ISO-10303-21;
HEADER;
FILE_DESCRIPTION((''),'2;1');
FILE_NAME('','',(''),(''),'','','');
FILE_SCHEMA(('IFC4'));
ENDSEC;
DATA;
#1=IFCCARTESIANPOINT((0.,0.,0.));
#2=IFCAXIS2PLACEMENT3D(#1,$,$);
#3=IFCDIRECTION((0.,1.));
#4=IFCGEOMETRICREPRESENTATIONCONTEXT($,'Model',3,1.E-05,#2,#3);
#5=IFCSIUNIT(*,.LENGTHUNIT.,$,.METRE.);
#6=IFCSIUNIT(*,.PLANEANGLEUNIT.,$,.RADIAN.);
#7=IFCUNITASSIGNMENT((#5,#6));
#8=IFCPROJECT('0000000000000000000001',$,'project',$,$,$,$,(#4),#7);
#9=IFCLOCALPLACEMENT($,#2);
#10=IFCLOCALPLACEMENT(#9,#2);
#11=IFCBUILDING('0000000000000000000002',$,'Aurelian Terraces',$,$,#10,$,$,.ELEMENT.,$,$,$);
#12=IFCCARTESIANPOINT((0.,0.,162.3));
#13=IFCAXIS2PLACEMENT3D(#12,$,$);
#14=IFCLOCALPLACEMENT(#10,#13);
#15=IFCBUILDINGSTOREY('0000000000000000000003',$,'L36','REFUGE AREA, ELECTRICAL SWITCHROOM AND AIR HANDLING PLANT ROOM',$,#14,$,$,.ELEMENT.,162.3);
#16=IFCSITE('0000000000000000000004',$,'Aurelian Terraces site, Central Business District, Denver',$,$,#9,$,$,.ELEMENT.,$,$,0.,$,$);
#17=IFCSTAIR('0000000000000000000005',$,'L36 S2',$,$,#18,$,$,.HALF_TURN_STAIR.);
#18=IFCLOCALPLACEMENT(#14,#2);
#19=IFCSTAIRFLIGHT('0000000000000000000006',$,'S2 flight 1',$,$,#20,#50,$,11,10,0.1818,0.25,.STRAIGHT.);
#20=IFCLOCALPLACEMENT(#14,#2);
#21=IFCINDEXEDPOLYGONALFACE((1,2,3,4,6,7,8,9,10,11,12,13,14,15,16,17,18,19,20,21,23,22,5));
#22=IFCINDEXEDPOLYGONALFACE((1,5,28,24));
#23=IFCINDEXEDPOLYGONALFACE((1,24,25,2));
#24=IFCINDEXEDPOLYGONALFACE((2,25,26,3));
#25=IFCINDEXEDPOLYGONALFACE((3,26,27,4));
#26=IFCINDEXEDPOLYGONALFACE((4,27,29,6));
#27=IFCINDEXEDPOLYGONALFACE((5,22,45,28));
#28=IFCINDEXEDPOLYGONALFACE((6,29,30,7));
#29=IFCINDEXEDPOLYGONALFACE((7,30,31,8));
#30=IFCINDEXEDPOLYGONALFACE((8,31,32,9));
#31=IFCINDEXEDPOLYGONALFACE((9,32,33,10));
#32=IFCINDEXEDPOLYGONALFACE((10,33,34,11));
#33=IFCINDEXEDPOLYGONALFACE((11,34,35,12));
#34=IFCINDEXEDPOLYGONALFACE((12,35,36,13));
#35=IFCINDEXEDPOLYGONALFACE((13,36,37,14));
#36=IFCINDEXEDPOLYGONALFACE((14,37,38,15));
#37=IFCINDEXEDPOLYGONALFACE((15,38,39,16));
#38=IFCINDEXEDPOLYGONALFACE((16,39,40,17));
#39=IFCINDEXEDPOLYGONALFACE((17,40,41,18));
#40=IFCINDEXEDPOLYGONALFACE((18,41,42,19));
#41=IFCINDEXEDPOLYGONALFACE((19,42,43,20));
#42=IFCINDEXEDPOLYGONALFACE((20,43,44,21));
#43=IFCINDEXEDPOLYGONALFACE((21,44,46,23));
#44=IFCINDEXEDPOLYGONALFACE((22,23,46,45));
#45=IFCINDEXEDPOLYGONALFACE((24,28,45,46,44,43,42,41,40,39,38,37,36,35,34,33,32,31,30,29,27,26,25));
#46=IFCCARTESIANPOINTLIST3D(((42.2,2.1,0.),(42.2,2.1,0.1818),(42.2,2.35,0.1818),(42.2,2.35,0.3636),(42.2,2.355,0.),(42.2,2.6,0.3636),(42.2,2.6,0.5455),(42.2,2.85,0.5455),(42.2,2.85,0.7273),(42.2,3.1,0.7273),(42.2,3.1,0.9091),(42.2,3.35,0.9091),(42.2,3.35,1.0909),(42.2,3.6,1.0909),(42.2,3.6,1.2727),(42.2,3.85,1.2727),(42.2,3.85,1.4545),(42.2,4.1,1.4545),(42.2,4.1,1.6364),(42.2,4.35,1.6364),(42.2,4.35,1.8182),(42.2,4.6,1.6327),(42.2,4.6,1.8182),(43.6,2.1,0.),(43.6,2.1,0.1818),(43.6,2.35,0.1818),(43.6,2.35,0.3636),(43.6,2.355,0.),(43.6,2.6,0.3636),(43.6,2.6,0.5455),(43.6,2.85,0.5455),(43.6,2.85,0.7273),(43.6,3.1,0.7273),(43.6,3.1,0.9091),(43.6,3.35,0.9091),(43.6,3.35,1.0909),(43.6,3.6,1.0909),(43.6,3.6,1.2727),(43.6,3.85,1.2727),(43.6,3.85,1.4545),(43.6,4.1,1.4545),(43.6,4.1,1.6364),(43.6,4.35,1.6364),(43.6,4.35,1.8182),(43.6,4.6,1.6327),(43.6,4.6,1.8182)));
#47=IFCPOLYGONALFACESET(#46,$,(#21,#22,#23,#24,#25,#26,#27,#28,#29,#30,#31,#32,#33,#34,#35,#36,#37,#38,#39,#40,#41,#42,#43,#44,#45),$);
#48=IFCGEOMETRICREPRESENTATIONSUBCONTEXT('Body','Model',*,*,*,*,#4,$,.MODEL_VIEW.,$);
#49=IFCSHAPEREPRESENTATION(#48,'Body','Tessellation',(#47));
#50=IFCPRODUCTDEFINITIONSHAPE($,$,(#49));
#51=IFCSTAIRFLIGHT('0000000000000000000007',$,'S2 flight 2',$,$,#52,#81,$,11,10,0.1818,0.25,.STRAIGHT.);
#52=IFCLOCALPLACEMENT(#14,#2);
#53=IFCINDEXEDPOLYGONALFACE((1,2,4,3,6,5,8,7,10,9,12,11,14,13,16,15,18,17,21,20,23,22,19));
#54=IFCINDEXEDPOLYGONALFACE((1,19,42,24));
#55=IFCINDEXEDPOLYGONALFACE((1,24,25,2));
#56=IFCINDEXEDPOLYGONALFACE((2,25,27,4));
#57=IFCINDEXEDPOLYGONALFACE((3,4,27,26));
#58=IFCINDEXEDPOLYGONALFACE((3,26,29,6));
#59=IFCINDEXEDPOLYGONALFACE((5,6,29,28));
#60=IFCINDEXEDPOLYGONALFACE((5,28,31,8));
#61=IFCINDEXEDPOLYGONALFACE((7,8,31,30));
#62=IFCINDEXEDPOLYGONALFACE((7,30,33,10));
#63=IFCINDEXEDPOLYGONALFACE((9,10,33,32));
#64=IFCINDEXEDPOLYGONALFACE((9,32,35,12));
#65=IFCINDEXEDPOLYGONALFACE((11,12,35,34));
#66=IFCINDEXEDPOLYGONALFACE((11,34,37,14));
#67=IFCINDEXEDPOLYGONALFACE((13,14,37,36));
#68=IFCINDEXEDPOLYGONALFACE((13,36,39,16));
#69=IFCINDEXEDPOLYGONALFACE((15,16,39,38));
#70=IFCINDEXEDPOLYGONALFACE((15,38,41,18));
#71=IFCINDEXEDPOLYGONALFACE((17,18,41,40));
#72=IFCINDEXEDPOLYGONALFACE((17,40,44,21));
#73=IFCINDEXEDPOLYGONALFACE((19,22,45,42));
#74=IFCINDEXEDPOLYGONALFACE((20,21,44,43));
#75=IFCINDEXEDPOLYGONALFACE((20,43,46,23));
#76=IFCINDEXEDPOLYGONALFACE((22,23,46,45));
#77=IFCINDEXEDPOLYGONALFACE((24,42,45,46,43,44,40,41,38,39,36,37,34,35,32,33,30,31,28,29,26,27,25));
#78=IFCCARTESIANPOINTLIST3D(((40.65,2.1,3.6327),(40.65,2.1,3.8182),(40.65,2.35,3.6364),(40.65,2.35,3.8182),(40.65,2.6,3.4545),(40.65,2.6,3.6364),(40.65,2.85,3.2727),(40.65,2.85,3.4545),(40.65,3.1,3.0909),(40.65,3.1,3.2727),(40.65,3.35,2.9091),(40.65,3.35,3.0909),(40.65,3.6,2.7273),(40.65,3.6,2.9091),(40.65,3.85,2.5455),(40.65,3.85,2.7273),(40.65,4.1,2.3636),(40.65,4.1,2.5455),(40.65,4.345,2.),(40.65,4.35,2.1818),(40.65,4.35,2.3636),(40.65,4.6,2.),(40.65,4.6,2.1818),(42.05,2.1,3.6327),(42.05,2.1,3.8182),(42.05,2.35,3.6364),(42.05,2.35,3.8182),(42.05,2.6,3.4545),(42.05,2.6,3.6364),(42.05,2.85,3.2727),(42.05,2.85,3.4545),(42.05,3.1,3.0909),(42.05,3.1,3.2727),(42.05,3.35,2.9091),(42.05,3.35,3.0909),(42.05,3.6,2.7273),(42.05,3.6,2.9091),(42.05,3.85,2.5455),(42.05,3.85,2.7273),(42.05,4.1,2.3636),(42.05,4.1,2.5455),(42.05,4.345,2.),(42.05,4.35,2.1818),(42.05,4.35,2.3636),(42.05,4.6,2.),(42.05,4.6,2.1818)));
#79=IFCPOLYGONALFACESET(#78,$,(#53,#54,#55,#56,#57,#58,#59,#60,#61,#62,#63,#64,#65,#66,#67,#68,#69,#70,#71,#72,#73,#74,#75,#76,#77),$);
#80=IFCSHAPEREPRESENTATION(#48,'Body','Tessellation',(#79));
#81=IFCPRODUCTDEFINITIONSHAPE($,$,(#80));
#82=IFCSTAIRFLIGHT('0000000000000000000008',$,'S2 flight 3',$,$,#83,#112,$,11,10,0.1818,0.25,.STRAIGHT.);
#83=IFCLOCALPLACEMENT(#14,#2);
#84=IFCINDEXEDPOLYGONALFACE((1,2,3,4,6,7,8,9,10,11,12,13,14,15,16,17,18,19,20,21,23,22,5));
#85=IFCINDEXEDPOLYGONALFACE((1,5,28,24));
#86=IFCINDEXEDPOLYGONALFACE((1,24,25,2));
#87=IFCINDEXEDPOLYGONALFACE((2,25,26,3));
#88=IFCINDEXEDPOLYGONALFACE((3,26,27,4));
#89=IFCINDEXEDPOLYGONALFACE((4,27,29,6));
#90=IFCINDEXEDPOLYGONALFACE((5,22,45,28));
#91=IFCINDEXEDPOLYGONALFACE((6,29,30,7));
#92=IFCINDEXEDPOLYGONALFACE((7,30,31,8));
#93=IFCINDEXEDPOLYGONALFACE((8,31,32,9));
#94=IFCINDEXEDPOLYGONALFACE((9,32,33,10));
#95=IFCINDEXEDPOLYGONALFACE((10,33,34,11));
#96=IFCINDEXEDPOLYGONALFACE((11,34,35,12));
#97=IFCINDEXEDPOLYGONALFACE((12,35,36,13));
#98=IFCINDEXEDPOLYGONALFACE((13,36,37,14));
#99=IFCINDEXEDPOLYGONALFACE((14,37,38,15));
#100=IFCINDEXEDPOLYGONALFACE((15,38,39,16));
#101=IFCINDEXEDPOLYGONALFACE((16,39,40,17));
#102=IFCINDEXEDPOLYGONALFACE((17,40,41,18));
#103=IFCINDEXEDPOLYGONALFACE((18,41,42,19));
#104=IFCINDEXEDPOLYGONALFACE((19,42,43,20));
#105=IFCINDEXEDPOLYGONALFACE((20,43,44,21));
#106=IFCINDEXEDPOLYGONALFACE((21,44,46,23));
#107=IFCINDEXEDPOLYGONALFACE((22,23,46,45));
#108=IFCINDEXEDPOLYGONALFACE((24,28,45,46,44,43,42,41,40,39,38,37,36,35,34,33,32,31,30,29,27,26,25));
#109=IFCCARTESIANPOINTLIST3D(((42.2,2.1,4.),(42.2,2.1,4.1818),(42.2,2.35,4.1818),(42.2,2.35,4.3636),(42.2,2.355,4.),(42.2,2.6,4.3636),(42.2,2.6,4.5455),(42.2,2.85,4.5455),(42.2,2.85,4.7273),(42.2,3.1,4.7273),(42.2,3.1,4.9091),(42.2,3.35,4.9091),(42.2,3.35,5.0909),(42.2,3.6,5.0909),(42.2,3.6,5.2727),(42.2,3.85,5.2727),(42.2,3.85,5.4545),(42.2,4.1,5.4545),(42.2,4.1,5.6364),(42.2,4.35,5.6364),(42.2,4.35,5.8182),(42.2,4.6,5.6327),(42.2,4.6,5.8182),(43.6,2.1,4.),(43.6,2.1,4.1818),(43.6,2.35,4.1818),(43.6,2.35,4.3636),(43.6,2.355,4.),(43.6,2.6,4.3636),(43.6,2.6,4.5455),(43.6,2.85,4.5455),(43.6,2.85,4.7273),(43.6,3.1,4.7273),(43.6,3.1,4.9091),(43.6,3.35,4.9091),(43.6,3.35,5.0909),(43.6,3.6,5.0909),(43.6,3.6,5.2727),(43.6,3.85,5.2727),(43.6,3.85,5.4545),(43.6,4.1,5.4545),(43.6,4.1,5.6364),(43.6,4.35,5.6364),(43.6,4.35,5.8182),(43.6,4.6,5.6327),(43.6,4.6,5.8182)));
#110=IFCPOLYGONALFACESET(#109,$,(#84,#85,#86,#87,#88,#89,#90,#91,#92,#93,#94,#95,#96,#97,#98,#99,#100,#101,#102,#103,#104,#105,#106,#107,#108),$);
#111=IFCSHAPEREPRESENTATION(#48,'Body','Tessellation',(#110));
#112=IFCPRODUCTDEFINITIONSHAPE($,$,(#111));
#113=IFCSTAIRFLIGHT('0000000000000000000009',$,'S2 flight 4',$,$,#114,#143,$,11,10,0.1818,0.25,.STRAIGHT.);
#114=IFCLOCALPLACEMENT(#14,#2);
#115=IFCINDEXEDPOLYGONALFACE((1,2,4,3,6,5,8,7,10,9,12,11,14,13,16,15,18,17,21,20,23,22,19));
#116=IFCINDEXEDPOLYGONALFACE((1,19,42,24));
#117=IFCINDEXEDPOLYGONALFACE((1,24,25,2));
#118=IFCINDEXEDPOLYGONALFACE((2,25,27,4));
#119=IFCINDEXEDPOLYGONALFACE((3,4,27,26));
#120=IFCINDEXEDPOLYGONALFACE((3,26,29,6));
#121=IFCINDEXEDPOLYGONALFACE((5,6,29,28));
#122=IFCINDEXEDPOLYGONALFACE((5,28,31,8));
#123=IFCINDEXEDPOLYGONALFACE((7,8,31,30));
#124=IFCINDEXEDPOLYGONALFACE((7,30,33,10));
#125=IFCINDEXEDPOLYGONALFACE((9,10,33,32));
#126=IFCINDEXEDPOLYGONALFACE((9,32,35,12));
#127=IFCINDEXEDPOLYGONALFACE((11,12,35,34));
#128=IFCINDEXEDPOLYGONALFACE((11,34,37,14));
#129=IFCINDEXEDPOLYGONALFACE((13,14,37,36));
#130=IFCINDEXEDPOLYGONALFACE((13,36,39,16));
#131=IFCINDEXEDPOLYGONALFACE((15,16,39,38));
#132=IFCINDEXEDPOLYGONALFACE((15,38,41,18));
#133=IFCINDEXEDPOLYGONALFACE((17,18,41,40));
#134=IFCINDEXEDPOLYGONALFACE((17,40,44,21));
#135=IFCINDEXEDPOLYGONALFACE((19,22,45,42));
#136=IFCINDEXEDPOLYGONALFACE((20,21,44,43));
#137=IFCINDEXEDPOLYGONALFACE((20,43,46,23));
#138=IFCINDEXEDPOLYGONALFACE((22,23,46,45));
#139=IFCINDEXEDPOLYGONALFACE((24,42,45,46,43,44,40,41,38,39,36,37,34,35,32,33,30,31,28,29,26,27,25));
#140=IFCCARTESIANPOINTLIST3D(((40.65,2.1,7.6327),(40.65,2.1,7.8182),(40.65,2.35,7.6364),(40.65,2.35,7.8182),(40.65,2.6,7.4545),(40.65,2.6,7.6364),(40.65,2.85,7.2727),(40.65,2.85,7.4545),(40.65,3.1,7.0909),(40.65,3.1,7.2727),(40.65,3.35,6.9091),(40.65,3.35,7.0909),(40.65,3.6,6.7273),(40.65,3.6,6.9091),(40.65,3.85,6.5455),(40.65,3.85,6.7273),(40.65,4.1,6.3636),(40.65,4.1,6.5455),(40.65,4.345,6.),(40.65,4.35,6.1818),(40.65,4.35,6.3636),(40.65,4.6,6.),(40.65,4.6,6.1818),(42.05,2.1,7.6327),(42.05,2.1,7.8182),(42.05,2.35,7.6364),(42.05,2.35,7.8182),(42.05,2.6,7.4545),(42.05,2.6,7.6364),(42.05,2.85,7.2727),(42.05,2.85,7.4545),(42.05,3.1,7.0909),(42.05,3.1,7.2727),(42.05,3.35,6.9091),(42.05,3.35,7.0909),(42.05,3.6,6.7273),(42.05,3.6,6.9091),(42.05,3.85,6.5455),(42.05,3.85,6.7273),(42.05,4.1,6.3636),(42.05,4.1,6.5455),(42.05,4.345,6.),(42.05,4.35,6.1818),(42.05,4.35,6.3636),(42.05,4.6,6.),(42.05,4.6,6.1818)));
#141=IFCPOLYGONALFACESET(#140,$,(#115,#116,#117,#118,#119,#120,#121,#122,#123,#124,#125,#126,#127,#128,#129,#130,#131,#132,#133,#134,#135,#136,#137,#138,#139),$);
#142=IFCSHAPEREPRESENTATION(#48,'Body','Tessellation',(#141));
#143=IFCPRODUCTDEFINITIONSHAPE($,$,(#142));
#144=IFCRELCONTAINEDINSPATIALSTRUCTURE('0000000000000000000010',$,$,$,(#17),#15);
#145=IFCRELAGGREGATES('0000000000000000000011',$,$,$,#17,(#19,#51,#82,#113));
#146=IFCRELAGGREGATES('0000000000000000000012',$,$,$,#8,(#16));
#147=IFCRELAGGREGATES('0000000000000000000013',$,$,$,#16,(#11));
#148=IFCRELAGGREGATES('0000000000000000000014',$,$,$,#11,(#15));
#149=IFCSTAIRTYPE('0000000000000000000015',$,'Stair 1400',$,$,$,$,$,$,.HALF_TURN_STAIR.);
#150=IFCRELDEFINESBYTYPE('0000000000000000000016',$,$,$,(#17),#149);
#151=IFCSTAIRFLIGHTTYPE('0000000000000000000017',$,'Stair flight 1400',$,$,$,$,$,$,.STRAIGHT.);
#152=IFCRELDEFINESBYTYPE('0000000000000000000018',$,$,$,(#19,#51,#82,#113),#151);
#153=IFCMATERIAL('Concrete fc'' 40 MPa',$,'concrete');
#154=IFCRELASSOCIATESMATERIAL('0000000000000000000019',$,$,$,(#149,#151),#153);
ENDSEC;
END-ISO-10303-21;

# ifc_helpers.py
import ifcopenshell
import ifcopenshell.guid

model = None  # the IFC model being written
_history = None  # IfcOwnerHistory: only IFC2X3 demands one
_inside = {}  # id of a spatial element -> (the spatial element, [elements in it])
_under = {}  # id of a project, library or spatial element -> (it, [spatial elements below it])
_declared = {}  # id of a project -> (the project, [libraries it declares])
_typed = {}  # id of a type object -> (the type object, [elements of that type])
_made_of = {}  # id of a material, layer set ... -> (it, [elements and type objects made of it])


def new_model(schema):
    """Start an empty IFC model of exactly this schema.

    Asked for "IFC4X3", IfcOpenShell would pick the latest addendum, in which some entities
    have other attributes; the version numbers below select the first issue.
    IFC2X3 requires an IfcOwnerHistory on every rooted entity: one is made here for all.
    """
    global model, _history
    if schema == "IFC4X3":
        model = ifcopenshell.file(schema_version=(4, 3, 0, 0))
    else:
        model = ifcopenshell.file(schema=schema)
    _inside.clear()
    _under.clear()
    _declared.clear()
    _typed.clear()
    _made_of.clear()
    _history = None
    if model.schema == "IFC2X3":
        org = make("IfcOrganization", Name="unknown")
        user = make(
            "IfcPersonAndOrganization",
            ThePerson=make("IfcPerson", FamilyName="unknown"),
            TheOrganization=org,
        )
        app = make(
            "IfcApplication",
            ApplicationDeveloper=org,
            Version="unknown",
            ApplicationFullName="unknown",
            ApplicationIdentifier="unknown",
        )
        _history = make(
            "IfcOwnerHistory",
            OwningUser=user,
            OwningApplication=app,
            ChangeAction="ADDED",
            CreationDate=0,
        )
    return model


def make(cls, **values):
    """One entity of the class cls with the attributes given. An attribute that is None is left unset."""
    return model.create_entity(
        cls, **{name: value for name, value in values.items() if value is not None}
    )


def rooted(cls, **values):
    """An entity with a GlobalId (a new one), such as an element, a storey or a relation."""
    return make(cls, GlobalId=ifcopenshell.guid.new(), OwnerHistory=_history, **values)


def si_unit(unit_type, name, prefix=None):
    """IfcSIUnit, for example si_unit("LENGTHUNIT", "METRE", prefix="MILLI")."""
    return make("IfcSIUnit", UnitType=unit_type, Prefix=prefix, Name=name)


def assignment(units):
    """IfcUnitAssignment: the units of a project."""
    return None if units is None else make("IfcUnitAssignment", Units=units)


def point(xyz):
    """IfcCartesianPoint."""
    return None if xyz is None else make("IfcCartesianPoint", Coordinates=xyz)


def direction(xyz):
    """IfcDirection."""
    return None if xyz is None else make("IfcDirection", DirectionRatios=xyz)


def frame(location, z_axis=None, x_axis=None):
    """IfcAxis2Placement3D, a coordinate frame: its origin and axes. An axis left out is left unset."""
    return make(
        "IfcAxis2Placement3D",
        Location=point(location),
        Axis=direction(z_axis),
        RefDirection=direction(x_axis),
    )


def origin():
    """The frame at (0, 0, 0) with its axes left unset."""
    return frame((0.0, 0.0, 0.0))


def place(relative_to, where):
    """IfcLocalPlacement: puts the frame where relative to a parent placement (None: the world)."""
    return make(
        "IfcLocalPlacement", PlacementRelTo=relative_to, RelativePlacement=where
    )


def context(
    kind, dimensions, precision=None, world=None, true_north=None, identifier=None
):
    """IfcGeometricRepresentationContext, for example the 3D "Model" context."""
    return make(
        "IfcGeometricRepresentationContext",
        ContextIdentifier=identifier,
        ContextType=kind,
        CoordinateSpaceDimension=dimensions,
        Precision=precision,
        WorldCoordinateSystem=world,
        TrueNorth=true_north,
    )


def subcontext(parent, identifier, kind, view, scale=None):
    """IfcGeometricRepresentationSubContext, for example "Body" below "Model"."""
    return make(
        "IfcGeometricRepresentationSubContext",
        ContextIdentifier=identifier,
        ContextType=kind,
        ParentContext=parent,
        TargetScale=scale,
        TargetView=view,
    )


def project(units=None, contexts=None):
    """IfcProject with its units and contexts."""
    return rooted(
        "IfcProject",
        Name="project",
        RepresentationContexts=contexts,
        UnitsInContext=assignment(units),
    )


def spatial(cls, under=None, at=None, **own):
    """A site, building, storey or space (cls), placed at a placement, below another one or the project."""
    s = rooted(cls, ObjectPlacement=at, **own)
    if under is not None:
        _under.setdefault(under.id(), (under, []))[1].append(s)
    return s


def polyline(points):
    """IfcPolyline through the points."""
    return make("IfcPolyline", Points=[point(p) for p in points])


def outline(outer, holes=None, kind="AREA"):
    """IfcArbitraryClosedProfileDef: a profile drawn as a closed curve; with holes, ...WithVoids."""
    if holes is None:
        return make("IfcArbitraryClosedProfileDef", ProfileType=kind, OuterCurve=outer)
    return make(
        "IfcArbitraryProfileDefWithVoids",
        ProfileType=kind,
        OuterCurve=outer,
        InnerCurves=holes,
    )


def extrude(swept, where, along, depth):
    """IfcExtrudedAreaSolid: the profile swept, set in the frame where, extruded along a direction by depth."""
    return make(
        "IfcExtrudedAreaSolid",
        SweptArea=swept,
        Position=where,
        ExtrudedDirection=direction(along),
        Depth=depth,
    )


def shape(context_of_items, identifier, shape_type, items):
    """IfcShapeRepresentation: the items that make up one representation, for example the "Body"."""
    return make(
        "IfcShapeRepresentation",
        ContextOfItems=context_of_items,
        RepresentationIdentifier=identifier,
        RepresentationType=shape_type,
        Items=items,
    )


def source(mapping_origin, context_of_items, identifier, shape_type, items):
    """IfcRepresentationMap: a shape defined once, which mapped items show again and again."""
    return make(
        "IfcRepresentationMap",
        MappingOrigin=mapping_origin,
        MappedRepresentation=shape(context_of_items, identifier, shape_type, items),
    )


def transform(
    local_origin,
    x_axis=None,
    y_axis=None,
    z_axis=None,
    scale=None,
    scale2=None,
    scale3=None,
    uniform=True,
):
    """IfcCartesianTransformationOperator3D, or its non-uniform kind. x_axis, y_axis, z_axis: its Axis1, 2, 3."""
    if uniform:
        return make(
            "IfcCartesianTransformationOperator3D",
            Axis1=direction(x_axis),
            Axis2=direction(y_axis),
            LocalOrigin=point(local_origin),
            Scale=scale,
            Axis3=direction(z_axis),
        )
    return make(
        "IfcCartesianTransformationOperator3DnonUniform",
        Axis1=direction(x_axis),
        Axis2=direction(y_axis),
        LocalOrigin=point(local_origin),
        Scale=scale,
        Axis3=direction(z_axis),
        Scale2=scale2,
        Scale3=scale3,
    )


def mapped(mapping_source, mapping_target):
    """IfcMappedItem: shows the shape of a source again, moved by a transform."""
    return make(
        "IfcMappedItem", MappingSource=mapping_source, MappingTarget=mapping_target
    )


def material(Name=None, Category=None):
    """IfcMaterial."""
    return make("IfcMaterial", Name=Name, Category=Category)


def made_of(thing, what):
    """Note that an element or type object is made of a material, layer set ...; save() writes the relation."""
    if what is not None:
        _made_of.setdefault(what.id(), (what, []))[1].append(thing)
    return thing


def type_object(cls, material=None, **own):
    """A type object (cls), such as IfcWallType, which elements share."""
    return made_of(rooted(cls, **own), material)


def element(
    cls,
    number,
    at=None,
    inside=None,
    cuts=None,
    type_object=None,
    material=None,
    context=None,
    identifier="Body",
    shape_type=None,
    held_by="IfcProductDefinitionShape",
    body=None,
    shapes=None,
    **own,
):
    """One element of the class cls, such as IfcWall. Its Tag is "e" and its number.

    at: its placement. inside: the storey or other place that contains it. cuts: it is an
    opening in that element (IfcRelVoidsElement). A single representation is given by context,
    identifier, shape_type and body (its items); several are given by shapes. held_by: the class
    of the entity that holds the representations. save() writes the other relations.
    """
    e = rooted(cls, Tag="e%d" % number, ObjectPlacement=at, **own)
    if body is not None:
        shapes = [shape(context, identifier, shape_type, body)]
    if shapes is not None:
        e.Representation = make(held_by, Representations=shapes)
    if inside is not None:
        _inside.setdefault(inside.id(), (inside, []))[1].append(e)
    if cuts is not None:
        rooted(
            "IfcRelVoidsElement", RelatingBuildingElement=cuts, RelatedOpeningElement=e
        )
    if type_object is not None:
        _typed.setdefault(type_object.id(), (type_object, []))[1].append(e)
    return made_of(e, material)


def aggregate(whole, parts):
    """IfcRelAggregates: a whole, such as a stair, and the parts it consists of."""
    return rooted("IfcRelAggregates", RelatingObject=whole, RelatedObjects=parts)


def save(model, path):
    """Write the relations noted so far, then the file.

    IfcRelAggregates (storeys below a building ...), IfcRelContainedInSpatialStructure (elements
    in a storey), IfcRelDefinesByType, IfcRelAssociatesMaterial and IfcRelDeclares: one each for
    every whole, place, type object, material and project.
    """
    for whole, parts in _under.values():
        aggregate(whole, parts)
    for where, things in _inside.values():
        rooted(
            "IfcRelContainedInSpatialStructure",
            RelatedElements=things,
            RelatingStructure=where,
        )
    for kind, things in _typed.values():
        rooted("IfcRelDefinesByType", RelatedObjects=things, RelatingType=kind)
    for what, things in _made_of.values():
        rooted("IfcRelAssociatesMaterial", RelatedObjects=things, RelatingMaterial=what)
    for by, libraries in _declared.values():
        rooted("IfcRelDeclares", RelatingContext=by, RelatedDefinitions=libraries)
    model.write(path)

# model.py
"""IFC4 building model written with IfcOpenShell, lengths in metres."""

from ifc_helpers import new_model, si_unit, direction, frame, origin, place, context, subcontext, project, spatial, polyline, outline, extrude, source, transform, mapped, material, type_object, element, aggregate, save


model = new_model("IFC4")

# Units and contexts
model_context = context("Model", 3, precision=1e-05, world=origin(), true_north=direction((0.0, 1.0)))
body_context = subcontext(model_context, "Body", "Model", "MODEL_VIEW")
ifc_project = project(units=[si_unit("LENGTHUNIT", "METRE"), si_unit("PLANEANGLEUNIT", "RADIAN")], contexts=[model_context])

# Site, building, storey
site_placement = place(None, origin())
site = spatial("IfcSite", under=ifc_project, at=site_placement, Name="Aurelian Terraces site, Central Business District, Denver", CompositionType="ELEMENT", RefElevation=0.0)
building_placement = place(site_placement, origin())
building = spatial("IfcBuilding", under=site, at=building_placement, Name="Aurelian Terraces", CompositionType="ELEMENT")
storey_placement = place(building_placement, frame((0.0, 0.0, 162.3)))
storey = spatial("IfcBuildingStorey", under=building, at=storey_placement, Name="L36", Description="REFUGE AREA, ELECTRICAL SWITCHROOM AND AIR HANDLING PLANT ROOM", CompositionType="ELEMENT", Elevation=162.3)

# Shared definitions
ifc_material_1 = material(Name="Concrete fc' 40 MPa", Category="concrete")

# Stair, stair flights
stair_type = type_object("IfcStairType", Name="Stair 1400", PredefinedType="HALF_TURN_STAIR", material=ifc_material_1)
stair_placement = place(storey_placement, origin())
stair = element("IfcStair", 1, at=stair_placement, inside=storey, type_object=stair_type, Name="L36 S2", PredefinedType="HALF_TURN_STAIR")
stair_flight_type = type_object("IfcStairFlightType", Name="Stair flight 1400", PredefinedType="STRAIGHT", material=ifc_material_1)
shared_shape_1 = source(origin(), body_context, "Body", "SweptSolid", [
    extrude(outline(polyline([(0.0, 0.0), (0.0, 0.1818), (0.25, 0.1818), (0.25, 0.3636), (0.5, 0.3636), (0.5, 0.5455), (0.75, 0.5455), (0.75, 0.7273), (1.0, 0.7273), (1.0, 0.9091), (1.25, 0.9091), (1.25, 1.0909), (1.5, 1.0909), (1.5, 1.2727), (1.75, 1.2727), (1.75, 1.4545), (2.0, 1.4545), (2.0, 1.6364), (2.25, 1.6364), (2.25, 1.8182), (2.5, 1.8182), (2.5, 2.0), (2.5, 1.6327), (0.255, 0.0), (0.0, 0.0)])), frame((0.0, 0.7, 0.0), z_axis=(0.0, -1.0, 0.0), x_axis=(1.0, 0.0, 0.0)), (0.0, 0.0, 1.0), 1.4),
])
stair_flight_1_placement = place(storey_placement, frame((42.9, 2.1, 0.0), z_axis=(0.0, 0.0, 1.0), x_axis=(0.0, 1.0, 0.0)))
stair_flight_1 = element("IfcStairFlight", 2, at=stair_flight_1_placement, type_object=stair_flight_type, Name="S2 flight 1", NumberOfRisers=11, NumberOfTreads=10, PredefinedType="STRAIGHT", RiserHeight=0.1818, TreadLength=0.25, context=body_context, shape_type="MappedRepresentation", body=[
    mapped(shared_shape_1, transform((0.0, 0.0, 0.0), scale=1.0)),
])
stair_flight_2_placement = place(storey_placement, frame((41.35, 4.6, 2.0), z_axis=(0.0, 0.0, 1.0), x_axis=(0.0, -1.0, 0.0)))
stair_flight_2 = element("IfcStairFlight", 3, at=stair_flight_2_placement, type_object=stair_flight_type, Name="S2 flight 2", NumberOfRisers=11, NumberOfTreads=10, PredefinedType="STRAIGHT", RiserHeight=0.1818, TreadLength=0.25, context=body_context, shape_type="MappedRepresentation", body=[
    mapped(shared_shape_1, transform((0.0, 0.0, 0.0), scale=1.0)),
])
stair_flight_3_placement = place(storey_placement, frame((42.9, 2.1, 4.0), z_axis=(0.0, 0.0, 1.0), x_axis=(0.0, 1.0, 0.0)))
stair_flight_3 = element("IfcStairFlight", 4, at=stair_flight_3_placement, type_object=stair_flight_type, Name="S2 flight 3", NumberOfRisers=11, NumberOfTreads=10, PredefinedType="STRAIGHT", RiserHeight=0.1818, TreadLength=0.25, context=body_context, shape_type="MappedRepresentation", body=[
    mapped(shared_shape_1, transform((0.0, 0.0, 0.0), scale=1.0)),
])
stair_flight_4_placement = place(storey_placement, frame((41.35, 4.6, 6.0), z_axis=(0.0, 0.0, 1.0), x_axis=(0.0, -1.0, 0.0)))
stair_flight_4 = element("IfcStairFlight", 5, at=stair_flight_4_placement, type_object=stair_flight_type, Name="S2 flight 4", NumberOfRisers=11, NumberOfTreads=10, PredefinedType="STRAIGHT", RiserHeight=0.1818, TreadLength=0.25, context=body_context, shape_type="MappedRepresentation", body=[
    mapped(shared_shape_1, transform((0.0, 0.0, 0.0), scale=1.0)),
])
aggregate(stair, [stair_flight_1, stair_flight_2, stair_flight_3, stair_flight_4])

save(model, "model.ifc")
